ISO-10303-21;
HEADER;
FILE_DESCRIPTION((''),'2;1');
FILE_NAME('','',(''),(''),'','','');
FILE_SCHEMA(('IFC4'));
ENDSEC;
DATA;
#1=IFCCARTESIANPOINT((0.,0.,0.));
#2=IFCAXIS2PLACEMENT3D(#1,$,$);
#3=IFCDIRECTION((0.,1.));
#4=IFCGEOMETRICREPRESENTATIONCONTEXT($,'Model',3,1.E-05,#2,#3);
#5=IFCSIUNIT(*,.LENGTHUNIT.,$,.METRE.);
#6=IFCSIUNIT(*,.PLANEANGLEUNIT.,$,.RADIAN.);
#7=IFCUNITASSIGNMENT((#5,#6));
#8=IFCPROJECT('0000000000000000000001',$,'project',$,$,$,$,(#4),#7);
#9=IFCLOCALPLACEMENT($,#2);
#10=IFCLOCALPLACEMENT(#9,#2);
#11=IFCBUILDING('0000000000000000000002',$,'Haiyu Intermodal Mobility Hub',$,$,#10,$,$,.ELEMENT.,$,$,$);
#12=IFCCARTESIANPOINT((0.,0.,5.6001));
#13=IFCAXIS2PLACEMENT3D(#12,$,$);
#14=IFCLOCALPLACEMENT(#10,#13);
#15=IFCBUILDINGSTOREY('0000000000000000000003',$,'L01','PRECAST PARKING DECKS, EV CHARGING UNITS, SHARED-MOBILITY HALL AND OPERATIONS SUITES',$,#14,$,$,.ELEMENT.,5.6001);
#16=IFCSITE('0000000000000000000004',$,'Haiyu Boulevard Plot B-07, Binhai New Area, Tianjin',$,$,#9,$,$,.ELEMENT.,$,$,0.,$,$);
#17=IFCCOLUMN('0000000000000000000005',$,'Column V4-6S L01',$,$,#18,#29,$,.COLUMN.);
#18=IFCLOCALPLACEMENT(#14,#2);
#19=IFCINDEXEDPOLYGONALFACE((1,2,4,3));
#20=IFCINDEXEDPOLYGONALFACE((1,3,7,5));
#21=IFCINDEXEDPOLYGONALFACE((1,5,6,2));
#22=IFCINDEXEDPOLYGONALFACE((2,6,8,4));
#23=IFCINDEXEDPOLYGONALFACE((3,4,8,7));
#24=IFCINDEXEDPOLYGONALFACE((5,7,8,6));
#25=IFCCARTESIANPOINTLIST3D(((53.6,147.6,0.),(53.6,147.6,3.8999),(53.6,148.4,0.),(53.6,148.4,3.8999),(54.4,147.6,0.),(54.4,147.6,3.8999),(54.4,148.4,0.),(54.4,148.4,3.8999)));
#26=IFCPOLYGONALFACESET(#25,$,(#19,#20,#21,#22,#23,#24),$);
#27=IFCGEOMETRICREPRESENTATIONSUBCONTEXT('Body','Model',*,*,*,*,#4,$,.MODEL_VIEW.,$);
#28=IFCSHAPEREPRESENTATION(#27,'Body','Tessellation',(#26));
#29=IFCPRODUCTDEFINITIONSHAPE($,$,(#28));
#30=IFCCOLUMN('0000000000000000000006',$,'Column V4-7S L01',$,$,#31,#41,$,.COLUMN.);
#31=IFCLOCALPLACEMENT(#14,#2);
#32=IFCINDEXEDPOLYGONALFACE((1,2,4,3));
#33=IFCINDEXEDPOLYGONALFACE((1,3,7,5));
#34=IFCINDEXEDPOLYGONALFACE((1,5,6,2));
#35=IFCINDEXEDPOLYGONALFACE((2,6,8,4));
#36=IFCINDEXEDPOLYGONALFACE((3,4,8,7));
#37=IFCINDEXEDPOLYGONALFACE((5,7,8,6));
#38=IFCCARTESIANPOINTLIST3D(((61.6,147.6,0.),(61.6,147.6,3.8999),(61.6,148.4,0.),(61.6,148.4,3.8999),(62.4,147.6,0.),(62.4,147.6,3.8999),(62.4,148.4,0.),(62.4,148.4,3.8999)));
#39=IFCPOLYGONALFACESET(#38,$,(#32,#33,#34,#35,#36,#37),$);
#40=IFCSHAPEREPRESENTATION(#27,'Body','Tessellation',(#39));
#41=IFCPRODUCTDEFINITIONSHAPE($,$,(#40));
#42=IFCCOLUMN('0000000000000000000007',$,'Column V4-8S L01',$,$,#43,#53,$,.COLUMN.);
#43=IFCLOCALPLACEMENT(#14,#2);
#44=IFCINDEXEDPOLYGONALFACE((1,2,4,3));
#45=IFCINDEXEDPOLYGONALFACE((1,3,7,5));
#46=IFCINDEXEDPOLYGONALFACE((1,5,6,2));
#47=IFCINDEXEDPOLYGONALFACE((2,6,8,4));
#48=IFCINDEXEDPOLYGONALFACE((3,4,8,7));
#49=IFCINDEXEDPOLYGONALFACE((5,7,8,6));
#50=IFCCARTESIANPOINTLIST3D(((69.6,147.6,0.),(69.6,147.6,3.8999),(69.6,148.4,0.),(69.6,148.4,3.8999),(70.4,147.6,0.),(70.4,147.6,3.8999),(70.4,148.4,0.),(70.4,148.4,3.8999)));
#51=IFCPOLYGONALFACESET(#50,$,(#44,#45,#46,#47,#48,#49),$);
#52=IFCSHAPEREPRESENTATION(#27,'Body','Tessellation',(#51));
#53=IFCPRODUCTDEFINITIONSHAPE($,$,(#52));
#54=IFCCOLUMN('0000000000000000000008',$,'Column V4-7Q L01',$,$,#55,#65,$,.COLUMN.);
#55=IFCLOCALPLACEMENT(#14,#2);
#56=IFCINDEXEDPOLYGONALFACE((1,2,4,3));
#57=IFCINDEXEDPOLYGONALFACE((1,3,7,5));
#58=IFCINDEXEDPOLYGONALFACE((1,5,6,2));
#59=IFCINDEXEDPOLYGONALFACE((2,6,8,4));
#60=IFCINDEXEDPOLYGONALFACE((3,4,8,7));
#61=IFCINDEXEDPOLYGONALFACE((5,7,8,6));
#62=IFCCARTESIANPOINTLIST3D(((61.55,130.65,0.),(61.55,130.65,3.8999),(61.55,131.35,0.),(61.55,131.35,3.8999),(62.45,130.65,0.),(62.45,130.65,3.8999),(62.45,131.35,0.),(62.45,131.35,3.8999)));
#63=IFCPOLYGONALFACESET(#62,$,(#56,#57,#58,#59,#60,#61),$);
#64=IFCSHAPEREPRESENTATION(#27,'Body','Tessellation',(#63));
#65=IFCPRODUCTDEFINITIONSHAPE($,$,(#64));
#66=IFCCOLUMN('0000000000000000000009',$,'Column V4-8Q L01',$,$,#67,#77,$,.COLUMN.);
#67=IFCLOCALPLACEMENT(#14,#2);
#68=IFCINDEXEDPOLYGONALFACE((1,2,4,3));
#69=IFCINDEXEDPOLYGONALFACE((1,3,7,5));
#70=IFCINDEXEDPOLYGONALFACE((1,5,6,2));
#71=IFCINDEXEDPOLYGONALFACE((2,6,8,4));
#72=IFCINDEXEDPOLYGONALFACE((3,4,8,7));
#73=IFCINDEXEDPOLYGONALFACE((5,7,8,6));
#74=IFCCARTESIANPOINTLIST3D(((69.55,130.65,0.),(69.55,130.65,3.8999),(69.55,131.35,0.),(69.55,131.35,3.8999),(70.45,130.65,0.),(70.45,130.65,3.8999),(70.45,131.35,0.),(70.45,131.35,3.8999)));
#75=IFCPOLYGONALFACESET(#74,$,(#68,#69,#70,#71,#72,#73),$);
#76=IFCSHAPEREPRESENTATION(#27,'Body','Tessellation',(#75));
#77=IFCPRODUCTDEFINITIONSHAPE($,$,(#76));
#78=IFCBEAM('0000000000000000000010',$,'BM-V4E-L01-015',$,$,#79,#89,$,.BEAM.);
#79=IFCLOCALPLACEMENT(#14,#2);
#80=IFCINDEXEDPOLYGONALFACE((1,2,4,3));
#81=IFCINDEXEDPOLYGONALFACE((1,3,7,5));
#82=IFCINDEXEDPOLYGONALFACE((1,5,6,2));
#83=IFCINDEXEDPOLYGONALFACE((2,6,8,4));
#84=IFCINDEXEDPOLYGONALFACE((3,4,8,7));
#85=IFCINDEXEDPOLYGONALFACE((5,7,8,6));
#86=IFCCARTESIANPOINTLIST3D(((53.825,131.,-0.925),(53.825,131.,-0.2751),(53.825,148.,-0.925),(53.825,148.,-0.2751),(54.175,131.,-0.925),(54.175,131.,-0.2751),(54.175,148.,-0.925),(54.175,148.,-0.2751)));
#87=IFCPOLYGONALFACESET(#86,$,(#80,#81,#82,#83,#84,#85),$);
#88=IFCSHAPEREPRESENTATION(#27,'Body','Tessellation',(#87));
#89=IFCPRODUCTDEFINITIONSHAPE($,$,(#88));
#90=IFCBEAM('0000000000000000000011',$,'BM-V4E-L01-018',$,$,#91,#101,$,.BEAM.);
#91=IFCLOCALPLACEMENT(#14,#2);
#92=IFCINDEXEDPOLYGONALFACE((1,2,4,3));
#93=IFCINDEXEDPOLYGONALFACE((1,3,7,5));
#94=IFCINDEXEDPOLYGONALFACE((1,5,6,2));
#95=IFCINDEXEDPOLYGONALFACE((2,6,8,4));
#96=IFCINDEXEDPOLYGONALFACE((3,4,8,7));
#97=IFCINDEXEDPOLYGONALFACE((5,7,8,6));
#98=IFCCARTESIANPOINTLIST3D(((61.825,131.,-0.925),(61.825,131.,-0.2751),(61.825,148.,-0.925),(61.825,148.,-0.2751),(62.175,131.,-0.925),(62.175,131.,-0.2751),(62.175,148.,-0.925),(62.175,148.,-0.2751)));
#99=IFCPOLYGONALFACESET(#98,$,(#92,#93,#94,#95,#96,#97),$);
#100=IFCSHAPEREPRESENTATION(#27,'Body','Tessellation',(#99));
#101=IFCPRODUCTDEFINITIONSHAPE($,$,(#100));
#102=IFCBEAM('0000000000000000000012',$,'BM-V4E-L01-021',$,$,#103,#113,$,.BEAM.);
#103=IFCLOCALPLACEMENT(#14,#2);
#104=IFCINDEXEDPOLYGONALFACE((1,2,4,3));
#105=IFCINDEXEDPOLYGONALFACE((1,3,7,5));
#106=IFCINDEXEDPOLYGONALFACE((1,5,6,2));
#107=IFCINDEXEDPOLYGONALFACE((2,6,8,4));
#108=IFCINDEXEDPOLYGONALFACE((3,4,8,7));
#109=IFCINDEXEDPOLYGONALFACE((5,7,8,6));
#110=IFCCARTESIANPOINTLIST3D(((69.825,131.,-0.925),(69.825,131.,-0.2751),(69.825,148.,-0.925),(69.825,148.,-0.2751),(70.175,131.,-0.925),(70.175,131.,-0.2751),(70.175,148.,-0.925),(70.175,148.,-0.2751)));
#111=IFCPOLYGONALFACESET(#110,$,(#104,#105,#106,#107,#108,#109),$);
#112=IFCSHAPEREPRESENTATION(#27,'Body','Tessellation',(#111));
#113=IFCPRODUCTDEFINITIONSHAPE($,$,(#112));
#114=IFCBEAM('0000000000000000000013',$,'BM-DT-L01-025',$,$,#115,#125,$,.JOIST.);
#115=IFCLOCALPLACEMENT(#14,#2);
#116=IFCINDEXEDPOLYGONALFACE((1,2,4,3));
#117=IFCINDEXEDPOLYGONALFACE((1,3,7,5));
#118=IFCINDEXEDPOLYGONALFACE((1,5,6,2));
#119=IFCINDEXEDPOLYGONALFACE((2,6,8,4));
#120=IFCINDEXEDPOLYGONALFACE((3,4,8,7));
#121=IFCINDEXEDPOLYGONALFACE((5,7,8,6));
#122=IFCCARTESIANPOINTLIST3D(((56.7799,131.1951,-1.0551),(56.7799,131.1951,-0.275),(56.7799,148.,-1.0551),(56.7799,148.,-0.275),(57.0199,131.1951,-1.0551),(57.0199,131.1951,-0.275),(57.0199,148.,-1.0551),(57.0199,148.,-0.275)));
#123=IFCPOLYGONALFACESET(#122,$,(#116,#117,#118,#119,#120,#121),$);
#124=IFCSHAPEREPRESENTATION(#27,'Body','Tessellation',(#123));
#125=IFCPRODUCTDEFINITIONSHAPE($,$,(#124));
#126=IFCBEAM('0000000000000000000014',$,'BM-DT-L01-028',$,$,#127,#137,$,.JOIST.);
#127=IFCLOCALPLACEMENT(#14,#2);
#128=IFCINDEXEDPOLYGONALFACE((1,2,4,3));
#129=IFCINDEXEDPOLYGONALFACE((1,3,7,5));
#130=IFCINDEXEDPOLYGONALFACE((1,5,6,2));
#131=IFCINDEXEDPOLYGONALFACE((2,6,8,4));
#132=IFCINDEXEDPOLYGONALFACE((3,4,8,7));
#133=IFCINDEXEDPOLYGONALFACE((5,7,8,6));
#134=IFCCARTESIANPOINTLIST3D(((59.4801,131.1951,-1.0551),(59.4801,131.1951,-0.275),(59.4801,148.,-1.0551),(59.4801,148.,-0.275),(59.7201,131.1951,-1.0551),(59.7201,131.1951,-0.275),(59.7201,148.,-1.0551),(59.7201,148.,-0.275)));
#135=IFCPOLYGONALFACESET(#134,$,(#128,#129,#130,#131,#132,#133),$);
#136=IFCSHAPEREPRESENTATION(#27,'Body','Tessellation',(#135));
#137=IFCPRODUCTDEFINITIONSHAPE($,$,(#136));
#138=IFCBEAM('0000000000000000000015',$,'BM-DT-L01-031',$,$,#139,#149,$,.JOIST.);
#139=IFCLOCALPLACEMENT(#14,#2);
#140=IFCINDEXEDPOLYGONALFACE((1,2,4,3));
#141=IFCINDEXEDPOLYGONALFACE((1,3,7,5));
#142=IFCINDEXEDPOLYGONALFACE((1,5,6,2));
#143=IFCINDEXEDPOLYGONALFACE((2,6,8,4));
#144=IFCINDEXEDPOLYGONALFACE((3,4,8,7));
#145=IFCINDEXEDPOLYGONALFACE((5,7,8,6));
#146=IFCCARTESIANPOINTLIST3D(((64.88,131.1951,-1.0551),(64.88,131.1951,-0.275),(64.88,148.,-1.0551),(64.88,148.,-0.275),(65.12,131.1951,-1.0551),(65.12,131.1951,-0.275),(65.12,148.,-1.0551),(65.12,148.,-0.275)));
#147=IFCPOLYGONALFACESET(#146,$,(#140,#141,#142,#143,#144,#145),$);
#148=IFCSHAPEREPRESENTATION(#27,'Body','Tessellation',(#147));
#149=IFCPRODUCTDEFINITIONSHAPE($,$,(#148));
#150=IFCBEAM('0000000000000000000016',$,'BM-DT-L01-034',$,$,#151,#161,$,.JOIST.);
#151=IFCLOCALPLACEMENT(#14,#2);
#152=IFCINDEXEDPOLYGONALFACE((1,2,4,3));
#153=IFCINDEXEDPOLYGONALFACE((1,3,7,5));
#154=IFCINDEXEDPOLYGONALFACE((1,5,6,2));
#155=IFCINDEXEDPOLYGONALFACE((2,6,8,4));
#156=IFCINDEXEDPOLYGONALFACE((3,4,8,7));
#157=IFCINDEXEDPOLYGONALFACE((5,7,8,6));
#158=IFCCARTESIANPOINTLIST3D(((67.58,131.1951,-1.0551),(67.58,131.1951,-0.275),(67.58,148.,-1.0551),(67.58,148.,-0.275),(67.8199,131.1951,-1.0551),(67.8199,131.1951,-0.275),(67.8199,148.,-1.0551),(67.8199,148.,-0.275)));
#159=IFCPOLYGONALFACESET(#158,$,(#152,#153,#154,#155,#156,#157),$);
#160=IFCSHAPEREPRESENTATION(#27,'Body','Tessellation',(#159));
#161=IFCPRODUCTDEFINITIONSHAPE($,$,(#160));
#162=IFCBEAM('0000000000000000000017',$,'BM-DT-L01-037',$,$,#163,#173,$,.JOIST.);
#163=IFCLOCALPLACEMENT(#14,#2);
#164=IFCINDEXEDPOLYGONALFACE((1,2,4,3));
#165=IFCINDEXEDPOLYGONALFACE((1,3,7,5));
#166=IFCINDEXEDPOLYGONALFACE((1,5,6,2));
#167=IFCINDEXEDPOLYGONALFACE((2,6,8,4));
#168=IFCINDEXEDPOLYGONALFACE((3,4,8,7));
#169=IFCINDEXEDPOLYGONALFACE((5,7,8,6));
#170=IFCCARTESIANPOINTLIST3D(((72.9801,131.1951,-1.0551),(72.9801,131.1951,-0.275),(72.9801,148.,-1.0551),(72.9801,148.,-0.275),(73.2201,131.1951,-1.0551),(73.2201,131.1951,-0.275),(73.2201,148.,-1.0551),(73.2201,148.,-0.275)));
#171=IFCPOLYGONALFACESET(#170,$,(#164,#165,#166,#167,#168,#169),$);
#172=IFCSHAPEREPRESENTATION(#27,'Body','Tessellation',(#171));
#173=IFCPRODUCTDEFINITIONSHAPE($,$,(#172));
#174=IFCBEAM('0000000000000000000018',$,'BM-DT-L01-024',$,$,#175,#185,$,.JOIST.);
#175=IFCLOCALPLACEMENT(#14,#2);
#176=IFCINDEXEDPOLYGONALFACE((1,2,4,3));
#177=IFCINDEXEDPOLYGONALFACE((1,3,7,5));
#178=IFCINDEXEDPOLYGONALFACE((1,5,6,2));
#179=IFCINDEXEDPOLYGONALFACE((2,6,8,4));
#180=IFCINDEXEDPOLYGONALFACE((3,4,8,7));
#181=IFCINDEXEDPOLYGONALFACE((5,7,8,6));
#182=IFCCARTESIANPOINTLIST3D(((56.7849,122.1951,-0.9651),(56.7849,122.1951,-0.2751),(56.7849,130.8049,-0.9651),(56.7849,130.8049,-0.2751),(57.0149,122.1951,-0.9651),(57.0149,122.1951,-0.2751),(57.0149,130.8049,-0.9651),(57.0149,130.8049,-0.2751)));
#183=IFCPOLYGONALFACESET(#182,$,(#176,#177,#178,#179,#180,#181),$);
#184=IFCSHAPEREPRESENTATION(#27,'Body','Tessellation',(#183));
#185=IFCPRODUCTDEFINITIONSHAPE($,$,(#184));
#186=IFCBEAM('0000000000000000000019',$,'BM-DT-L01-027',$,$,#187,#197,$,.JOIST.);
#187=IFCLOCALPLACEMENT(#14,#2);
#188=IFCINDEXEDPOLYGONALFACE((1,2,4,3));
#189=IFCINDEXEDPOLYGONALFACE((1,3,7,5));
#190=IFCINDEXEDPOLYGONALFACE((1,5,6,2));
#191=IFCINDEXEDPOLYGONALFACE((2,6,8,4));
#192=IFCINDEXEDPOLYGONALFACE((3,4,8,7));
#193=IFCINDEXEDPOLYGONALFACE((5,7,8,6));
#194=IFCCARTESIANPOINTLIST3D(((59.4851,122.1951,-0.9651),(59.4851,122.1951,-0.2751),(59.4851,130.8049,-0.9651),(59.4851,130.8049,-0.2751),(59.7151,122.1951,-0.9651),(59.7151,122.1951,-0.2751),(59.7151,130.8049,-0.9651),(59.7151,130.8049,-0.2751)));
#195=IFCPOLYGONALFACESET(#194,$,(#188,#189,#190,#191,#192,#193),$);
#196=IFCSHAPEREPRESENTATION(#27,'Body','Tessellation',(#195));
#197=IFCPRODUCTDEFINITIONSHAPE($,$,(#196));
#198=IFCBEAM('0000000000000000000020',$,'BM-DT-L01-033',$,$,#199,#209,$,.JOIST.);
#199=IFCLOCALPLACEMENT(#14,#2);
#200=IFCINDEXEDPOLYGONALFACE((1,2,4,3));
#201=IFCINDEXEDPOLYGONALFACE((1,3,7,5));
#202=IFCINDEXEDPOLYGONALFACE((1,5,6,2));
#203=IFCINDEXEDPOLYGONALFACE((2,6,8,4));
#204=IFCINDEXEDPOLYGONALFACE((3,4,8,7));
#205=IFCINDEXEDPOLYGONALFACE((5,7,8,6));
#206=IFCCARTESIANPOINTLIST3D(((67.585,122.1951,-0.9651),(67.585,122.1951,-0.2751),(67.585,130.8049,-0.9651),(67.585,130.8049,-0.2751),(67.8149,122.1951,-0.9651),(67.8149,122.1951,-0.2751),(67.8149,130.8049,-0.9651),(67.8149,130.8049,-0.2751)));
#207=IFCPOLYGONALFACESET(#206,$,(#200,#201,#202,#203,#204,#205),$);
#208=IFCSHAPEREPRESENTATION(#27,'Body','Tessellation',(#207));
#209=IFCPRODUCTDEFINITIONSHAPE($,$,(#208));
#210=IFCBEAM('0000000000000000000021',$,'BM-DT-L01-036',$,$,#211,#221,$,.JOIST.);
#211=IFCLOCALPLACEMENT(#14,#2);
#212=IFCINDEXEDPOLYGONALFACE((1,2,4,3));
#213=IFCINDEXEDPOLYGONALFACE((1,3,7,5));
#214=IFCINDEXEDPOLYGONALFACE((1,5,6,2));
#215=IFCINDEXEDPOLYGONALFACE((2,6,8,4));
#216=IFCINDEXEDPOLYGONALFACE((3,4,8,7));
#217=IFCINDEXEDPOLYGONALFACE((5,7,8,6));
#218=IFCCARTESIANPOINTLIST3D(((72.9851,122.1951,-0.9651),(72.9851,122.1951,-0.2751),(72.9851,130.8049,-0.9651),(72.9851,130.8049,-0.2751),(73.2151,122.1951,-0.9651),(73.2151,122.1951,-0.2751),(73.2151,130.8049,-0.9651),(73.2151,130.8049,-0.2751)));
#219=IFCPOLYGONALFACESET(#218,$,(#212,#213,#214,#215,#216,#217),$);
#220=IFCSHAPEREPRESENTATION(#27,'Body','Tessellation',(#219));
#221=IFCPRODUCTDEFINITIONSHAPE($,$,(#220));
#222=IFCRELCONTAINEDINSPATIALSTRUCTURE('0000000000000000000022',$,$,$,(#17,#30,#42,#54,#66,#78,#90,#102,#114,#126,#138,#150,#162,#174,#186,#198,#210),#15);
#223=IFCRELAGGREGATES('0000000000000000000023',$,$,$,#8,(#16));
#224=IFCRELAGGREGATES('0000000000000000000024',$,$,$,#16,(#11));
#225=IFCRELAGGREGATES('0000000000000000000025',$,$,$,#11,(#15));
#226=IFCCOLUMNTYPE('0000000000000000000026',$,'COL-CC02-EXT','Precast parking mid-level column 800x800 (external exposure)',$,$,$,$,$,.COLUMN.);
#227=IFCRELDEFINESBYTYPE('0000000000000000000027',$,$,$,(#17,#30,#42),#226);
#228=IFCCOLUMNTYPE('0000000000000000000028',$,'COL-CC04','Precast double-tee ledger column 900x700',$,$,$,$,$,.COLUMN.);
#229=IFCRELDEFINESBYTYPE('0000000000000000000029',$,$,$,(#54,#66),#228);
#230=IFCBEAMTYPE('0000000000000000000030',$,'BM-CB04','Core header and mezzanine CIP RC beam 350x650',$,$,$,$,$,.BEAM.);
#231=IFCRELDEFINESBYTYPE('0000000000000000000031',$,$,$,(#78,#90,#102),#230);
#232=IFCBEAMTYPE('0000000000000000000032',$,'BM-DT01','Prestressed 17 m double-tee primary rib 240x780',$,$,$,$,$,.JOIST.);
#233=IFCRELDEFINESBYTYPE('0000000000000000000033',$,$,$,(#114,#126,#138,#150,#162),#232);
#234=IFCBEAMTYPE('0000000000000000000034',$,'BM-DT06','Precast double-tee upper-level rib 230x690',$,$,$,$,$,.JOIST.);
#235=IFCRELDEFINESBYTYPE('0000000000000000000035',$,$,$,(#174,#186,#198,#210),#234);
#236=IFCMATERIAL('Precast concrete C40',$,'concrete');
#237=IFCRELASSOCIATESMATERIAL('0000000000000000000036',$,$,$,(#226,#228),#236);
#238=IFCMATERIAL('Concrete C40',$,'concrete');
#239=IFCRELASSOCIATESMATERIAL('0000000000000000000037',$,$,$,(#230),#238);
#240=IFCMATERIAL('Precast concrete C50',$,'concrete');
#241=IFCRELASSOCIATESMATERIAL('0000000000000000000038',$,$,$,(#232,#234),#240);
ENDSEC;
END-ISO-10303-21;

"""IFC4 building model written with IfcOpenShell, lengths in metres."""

from ifc_helpers import new_model, si_unit, direction, frame, origin, origin_2d, place, context, subcontext, project, spatial, rectangle, extrude, material, material_profile, profile_set, type_object, element, save


model = new_model("IFC4")

# Units and contexts
model_context = context("Model", 3, precision=1e-05, world=origin(), true_north=direction((0.0, 1.0)))
body_context = subcontext(model_context, "Body", "Model", "MODEL_VIEW")
ifc_project = project(units=[si_unit("LENGTHUNIT", "METRE"), si_unit("PLANEANGLEUNIT", "RADIAN")], contexts=[model_context])

# Site, building, storey
site_placement = place(None, origin())
site = spatial("IfcSite", under=ifc_project, at=site_placement, Name="Haiyu Boulevard Plot B-07, Binhai New Area, Tianjin", CompositionType="ELEMENT", RefElevation=0.0)
building_placement = place(site_placement, origin())
building = spatial("IfcBuilding", under=site, at=building_placement, Name="Haiyu Intermodal Mobility Hub", CompositionType="ELEMENT")
storey_placement = place(building_placement, frame((0.0, 0.0, 5.6001)))
storey = spatial("IfcBuildingStorey", under=building, at=storey_placement, Name="L01", Description="PRECAST PARKING DECKS, EV CHARGING UNITS, SHARED-MOBILITY HALL AND OPERATIONS SUITES", CompositionType="ELEMENT", Elevation=5.6001)

# Columns
ifc_material_1 = material(Name="Precast concrete C40", Category="concrete")
ifc_material_profile_1 = material_profile(ifc_material_1, rectangle(XDim=0.8, YDim=0.8, at=origin_2d()), Name="RC800x800")
ifc_profile_set_1 = profile_set([ifc_material_profile_1], Name="Precast concrete C40")
column_type_1 = type_object("IfcColumnType", Name="COL-CC02-EXT", Description="Precast parking mid-level column 800x800 (external exposure)", PredefinedType="COLUMN", material=ifc_profile_set_1)
for number, where, z_axis, x_axis, name in (
    (1, (54.0, 148.0, 0.0), (0.0, 0.0, 1.0), (1.0, 0.0, 0.0), "Column V4-6S L01"),
    (2, (62.0, 148.0, 0.0), (0.0, 0.0, 1.0), (1.0, 0.0, 0.0), "Column V4-7S L01"),
    (3, (70.0, 148.0, 0.0), (0.0, 0.0, 1.0), (1.0, 0.0, 0.0), "Column V4-8S L01"),
):
    element("IfcColumn", number, at=place(storey_placement, frame(where, z_axis=z_axis, x_axis=x_axis)), inside=storey, type_object=column_type_1, Name=name, PredefinedType="COLUMN", context=body_context, shape_type="SweptSolid", body=[
        extrude(rectangle(XDim=0.8, YDim=0.8, at=origin_2d()), origin(), (0.0, 0.0, 1.0), 3.8999),
    ])
ifc_material_profile_2 = material_profile(ifc_material_1, rectangle(XDim=0.8999, YDim=0.7, at=origin_2d()), Name="RC900x700")
ifc_profile_set_2 = profile_set([ifc_material_profile_2], Name="Precast concrete C40")
column_type_2 = type_object("IfcColumnType", Name="COL-CC04", Description="Precast double-tee ledger column 900x700", PredefinedType="COLUMN", material=ifc_profile_set_2)
for number, where, z_axis, x_axis, name in (
    (4, (62.0, 131.0, 0.0), (0.0, 0.0, 1.0), (1.0, 0.0, 0.0), "Column V4-7Q L01"),
    (5, (70.0, 131.0, 0.0), (0.0, 0.0, 1.0), (1.0, 0.0, 0.0), "Column V4-8Q L01"),
):
    element("IfcColumn", number, at=place(storey_placement, frame(where, z_axis=z_axis, x_axis=x_axis)), inside=storey, type_object=column_type_2, Name=name, PredefinedType="COLUMN", context=body_context, shape_type="SweptSolid", body=[
        extrude(rectangle(XDim=0.8999, YDim=0.7, at=origin_2d()), origin(), (0.0, 0.0, 1.0), 3.8999),
    ])

# Beams
ifc_material_2 = material(Name="Concrete C40", Category="concrete")
ifc_material_profile_3 = material_profile(ifc_material_2, rectangle(XDim=0.3501, YDim=0.6499, at=origin_2d()), Name="RCB350x650")
ifc_profile_set_3 = profile_set([ifc_material_profile_3], Name="Concrete C40")
beam_type_1 = type_object("IfcBeamType", Name="BM-CB04", Description="Core header and mezzanine CIP RC beam 350x650", PredefinedType="BEAM", material=ifc_profile_set_3)
for number, where, z_axis, x_axis, name in (
    (6, (54.0, 131.0, -0.6001), (0.0, 1.0, 0.0), (-1.0, 0.0, 0.0), "BM-V4E-L01-015"),
    (7, (62.0, 131.0, -0.6001), (0.0, 1.0, 0.0), (-1.0, 0.0, 0.0), "BM-V4E-L01-018"),
    (8, (70.0, 131.0, -0.6001), (0.0, 1.0, 0.0), (-1.0, 0.0, 0.0), "BM-V4E-L01-021"),
):
    element("IfcBeam", number, at=place(storey_placement, frame(where, z_axis=z_axis, x_axis=x_axis)), inside=storey, type_object=beam_type_1, Name=name, PredefinedType="BEAM", context=body_context, shape_type="SweptSolid", body=[
        extrude(rectangle(XDim=0.3501, YDim=0.6499, at=origin_2d()), origin(), (0.0, 0.0, 1.0), 17.0),
    ])
ifc_material_3 = material(Name="Precast concrete C50", Category="concrete")
ifc_material_profile_4 = material_profile(ifc_material_3, rectangle(XDim=0.24, YDim=0.78, at=origin_2d()), Name="PC240x780")
ifc_profile_set_4 = profile_set([ifc_material_profile_4], Name="Precast concrete C50")
beam_type_2 = type_object("IfcBeamType", Name="BM-DT01", Description="Prestressed 17 m double-tee primary rib 240x780", PredefinedType="JOIST", material=ifc_profile_set_4)
for number, where, z_axis, x_axis, name in (
    (9, (56.8999, 131.1951, -0.665), (0.0, 1.0, 0.0), (-1.0, 0.0, 0.0), "BM-DT-L01-025"),
    (10, (59.6001, 131.1951, -0.665), (0.0, 1.0, 0.0), (-1.0, 0.0, 0.0), "BM-DT-L01-028"),
    (11, (65.0, 131.1951, -0.665), (0.0, 1.0, 0.0), (-1.0, 0.0, 0.0), "BM-DT-L01-031"),
    (12, (67.7, 131.1951, -0.665), (0.0, 1.0, 0.0), (-1.0, 0.0, 0.0), "BM-DT-L01-034"),
    (13, (73.1001, 131.1951, -0.665), (0.0, 1.0, 0.0), (-1.0, 0.0, 0.0), "BM-DT-L01-037"),
):
    element("IfcBeam", number, at=place(storey_placement, frame(where, z_axis=z_axis, x_axis=x_axis)), inside=storey, type_object=beam_type_2, Name=name, PredefinedType="JOIST", context=body_context, shape_type="SweptSolid", body=[
        extrude(rectangle(XDim=0.24, YDim=0.78, at=origin_2d()), origin(), (0.0, 0.0, 1.0), 16.8049),
    ])
ifc_material_profile_5 = material_profile(ifc_material_3, rectangle(XDim=0.23, YDim=0.6899, at=origin_2d()), Name="B230x690")
ifc_profile_set_5 = profile_set([ifc_material_profile_5], Name="Precast concrete C50")
beam_type_3 = type_object("IfcBeamType", Name="BM-DT06", Description="Precast double-tee upper-level rib 230x690", PredefinedType="JOIST", material=ifc_profile_set_5)
for number, where, z_axis, x_axis, name in (
    (14, (56.8999, 122.1951, -0.6201), (0.0, 1.0, 0.0), (-1.0, 0.0, 0.0), "BM-DT-L01-024"),
    (15, (59.6001, 122.1951, -0.6201), (0.0, 1.0, 0.0), (-1.0, 0.0, 0.0), "BM-DT-L01-027"),
    (16, (67.7, 122.1951, -0.6201), (0.0, 1.0, 0.0), (-1.0, 0.0, 0.0), "BM-DT-L01-033"),
    (17, (73.1001, 122.1951, -0.6201), (0.0, 1.0, 0.0), (-1.0, 0.0, 0.0), "BM-DT-L01-036"),
):
    element("IfcBeam", number, at=place(storey_placement, frame(where, z_axis=z_axis, x_axis=x_axis)), inside=storey, type_object=beam_type_3, Name=name, PredefinedType="JOIST", context=body_context, shape_type="SweptSolid", body=[
        extrude(rectangle(XDim=0.23, YDim=0.6899, at=origin_2d()), origin(), (0.0, 0.0, 1.0), 8.6099),
    ])

save(model, "model.ifc")
